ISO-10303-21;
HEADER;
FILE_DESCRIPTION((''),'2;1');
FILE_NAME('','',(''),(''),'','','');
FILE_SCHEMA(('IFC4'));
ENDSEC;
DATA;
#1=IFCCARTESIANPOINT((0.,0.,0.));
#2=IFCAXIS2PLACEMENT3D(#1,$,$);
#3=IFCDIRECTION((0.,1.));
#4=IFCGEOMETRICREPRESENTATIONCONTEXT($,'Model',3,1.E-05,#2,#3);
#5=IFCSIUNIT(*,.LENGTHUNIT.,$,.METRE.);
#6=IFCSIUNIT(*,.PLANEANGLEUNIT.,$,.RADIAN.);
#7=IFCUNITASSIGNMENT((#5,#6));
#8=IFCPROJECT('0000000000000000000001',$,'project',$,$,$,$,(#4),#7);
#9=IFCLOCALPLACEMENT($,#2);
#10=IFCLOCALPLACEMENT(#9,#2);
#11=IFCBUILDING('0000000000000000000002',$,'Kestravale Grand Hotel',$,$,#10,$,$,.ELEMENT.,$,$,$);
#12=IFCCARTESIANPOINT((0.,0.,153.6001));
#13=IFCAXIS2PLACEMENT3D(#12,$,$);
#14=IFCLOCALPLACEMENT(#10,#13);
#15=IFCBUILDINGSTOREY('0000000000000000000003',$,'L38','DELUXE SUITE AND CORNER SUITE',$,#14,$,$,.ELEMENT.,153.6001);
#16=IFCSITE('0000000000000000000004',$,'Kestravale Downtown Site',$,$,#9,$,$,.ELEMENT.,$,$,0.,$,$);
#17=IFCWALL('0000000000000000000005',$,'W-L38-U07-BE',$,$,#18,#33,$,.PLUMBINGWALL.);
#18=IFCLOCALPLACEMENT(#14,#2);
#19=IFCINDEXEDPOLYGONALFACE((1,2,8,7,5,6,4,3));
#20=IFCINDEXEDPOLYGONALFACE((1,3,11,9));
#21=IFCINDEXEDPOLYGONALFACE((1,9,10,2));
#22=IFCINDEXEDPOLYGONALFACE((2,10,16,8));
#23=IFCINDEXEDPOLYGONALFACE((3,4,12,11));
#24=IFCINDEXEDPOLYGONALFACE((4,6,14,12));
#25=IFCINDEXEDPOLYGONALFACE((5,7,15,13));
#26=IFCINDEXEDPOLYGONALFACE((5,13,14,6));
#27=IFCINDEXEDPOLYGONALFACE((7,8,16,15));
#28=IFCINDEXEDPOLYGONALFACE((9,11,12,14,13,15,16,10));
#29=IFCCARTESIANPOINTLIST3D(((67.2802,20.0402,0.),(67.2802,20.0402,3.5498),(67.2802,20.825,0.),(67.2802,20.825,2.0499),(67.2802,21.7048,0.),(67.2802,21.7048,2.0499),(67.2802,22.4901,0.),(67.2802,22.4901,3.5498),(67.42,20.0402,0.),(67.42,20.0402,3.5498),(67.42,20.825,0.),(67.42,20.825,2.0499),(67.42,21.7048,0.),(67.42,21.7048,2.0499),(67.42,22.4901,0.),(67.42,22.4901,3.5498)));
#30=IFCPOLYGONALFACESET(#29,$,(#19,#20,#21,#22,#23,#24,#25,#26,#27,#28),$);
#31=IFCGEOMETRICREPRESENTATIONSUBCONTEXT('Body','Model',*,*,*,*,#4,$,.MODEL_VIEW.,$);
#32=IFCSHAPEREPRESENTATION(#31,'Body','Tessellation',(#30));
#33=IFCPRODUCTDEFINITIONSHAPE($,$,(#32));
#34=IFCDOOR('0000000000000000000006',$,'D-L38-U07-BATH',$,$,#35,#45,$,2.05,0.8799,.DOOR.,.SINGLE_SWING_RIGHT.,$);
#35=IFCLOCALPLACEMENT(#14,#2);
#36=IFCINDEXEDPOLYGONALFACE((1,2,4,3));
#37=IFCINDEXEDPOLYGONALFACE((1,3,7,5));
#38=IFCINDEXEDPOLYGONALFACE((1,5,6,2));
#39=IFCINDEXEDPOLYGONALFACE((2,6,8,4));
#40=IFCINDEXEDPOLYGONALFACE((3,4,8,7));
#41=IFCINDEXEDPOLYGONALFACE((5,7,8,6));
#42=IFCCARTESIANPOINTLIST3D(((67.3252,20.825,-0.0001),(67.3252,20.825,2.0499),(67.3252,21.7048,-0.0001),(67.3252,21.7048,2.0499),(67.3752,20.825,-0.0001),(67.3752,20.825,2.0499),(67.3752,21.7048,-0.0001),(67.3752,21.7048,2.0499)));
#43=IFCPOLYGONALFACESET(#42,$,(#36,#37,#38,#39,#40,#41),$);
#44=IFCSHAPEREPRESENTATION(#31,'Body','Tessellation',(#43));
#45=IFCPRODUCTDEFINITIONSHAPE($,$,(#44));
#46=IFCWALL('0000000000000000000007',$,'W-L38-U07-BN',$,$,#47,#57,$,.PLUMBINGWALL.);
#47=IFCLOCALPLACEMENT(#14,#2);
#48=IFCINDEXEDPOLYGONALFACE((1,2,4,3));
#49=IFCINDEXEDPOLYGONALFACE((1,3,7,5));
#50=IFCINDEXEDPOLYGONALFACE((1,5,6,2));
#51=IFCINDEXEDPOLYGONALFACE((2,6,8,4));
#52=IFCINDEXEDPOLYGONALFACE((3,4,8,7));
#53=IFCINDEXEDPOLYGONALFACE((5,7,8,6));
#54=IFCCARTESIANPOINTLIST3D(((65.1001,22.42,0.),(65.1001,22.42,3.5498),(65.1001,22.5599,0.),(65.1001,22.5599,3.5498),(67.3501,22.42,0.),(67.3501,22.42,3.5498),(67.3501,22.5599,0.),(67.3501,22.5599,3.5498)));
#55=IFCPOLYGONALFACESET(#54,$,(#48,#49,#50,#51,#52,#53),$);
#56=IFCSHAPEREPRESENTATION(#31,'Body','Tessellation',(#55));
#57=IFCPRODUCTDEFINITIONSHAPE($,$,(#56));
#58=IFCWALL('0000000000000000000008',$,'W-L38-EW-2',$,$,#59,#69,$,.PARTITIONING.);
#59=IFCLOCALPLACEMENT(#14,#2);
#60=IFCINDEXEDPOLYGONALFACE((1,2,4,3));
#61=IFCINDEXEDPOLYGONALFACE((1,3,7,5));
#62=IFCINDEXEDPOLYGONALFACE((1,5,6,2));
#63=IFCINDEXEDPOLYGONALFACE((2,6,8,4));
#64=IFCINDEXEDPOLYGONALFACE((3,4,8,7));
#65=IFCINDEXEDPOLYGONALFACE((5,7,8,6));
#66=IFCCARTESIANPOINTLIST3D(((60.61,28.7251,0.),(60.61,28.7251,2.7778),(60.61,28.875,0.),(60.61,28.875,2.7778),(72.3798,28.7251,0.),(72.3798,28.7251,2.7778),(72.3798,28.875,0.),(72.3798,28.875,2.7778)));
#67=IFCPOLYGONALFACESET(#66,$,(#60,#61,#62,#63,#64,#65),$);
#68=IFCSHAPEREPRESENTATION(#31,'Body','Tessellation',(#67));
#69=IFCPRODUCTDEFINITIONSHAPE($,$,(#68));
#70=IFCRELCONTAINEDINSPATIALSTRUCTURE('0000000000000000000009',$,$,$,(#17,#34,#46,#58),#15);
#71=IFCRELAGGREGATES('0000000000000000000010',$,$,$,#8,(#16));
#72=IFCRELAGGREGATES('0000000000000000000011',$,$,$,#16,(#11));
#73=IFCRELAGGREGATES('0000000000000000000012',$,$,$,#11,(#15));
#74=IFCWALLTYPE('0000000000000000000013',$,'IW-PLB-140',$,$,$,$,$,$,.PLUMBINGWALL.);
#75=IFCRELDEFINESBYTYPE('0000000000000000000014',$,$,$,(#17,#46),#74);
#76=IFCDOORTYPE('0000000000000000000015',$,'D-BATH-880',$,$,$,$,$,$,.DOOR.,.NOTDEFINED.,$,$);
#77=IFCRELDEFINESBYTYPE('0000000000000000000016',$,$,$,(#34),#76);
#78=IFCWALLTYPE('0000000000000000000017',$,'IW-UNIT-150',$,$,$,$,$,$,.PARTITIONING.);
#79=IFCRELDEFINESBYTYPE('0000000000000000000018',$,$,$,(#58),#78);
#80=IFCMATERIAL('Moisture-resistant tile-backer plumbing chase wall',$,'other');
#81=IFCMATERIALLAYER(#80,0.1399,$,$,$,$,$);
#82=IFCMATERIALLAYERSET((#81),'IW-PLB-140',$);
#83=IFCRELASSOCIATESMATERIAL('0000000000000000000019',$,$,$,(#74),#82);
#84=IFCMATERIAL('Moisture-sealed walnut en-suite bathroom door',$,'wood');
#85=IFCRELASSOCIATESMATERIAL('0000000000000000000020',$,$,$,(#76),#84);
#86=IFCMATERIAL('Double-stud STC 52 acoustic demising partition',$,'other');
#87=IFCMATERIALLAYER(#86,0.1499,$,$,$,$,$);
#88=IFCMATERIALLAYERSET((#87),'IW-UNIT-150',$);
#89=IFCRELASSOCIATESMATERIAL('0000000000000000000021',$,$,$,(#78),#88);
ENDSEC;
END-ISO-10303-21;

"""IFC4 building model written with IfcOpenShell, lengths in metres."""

from ifc_helpers import new_model, si_unit, direction, frame, frame_2d, origin, place, context, subcontext, project, spatial, rectangle, extrude, material, layer, layer_set, type_object, element, fill, save


model = new_model("IFC4")

# Units and contexts
model_context = context("Model", 3, precision=1e-05, world=origin(), true_north=direction((0.0, 1.0)))
body_context = subcontext(model_context, "Body", "Model", "MODEL_VIEW")
ifc_project = project(units=[si_unit("LENGTHUNIT", "METRE"), si_unit("PLANEANGLEUNIT", "RADIAN")], contexts=[model_context])

# Site, building, storey
site_placement = place(None, origin())
site = spatial("IfcSite", under=ifc_project, at=site_placement, Name="Kestravale Downtown Site", CompositionType="ELEMENT", RefElevation=0.0)
building_placement = place(site_placement, origin())
building = spatial("IfcBuilding", under=site, at=building_placement, Name="Kestravale Grand Hotel", CompositionType="ELEMENT")
storey_placement = place(building_placement, frame((0.0, 0.0, 153.6001)))
storey = spatial("IfcBuildingStorey", under=building, at=storey_placement, Name="L38", Description="DELUXE SUITE AND CORNER SUITE", CompositionType="ELEMENT", Elevation=153.6001)

# Shared definitions
ifc_material_1 = material(Name="Moisture-resistant tile-backer plumbing chase wall", Category="other")
ifc_layer_1 = layer(ifc_material_1, 0.1399)
ifc_layer_set_1 = layer_set([ifc_layer_1], Name="IW-PLB-140")
wall_type_1 = type_object("IfcWallType", Name="IW-PLB-140", PredefinedType="PLUMBINGWALL", material=ifc_layer_set_1)

# Wall, opening, door
wall_1_placement = place(storey_placement, frame((67.3501, 20.04, 0.0), z_axis=(0.0, 0.0, 1.0), x_axis=(0.0, 1.0, 0.0)))
wall_1 = element("IfcWall", 1, at=wall_1_placement, inside=storey, type_object=wall_type_1, Name="W-L38-U07-BE", PredefinedType="PLUMBINGWALL", context=body_context, shape_type="SweptSolid", body=[
    extrude(rectangle(XDim=2.45, YDim=0.1399, at=frame_2d((1.2251, 0.0))), origin(), (0.0, 0.0, 1.0), 3.5498),
])
opening_placement = place(wall_1_placement, frame((0.7849, 0.0, 0.0)))
opening = element("IfcOpeningElement", 2, at=opening_placement, cuts=wall_1, PredefinedType="OPENING", context=body_context, shape_type="SweptSolid", body=[
    extrude(rectangle(XDim=0.8799, YDim=2.05, at=frame_2d((0.4399, 1.0249))), frame((0.0, 0.0798, 0.0), z_axis=(0.0, -1.0, 0.0), x_axis=(1.0, 0.0, 0.0)), (0.0, 0.0, 1.0), 0.1599),
])
ifc_material_2 = material(Name="Moisture-sealed walnut en-suite bathroom door", Category="wood")
door_type = type_object("IfcDoorType", Name="D-BATH-880", OperationType="NOTDEFINED", PredefinedType="DOOR", material=ifc_material_2)
door_placement = place(opening_placement, origin())
door = element("IfcDoor", 3, at=door_placement, inside=storey, type_object=door_type, Name="D-L38-U07-BATH", OperationType="SINGLE_SWING_RIGHT", OverallHeight=2.05, OverallWidth=0.8799, PredefinedType="DOOR", context=body_context, shape_type="SweptSolid", body=[
    extrude(rectangle(XDim=0.8799, YDim=2.05, at=frame_2d((0.4399, 1.0249))), frame((0.0, 0.0249, 0.0), z_axis=(0.0, -1.0, 0.0), x_axis=(1.0, 0.0, 0.0)), (0.0, 0.0, 1.0), 0.05),
])
fill(opening, door)

# Walls
wall_2_placement = place(storey_placement, frame((65.1001, 22.49, 0.0), z_axis=(0.0, 0.0, 1.0), x_axis=(1.0, 0.0, 0.0)))
element("IfcWall", 4, at=wall_2_placement, inside=storey, type_object=wall_type_1, Name="W-L38-U07-BN", PredefinedType="PLUMBINGWALL", context=body_context, shape_type="SweptSolid", body=[
    extrude(rectangle(XDim=2.25, YDim=0.1399, at=frame_2d((1.125, 0.0))), origin(), (0.0, 0.0, 1.0), 3.5498),
])
ifc_material_3 = material(Name="Double-stud STC 52 acoustic demising partition", Category="other")
ifc_layer_2 = layer(ifc_material_3, 0.1499)
ifc_layer_set_2 = layer_set([ifc_layer_2], Name="IW-UNIT-150")
wall_type_2 = type_object("IfcWallType", Name="IW-UNIT-150", PredefinedType="PARTITIONING", material=ifc_layer_set_2)
wall_3_placement = place(storey_placement, frame((60.6101, 28.8, 0.0), z_axis=(0.0, 0.0, 1.0), x_axis=(1.0, 0.0, 0.0)))
element("IfcWall", 5, at=wall_3_placement, inside=storey, type_object=wall_type_2, Name="W-L38-EW-2", PredefinedType="PARTITIONING", context=body_context, shape_type="SweptSolid", body=[
    extrude(rectangle(XDim=11.7698, YDim=0.1499, at=frame_2d((5.8848, 0.0))), origin(), (0.0, 0.0, 1.0), 2.7778),
])

save(model, "model.ifc")
